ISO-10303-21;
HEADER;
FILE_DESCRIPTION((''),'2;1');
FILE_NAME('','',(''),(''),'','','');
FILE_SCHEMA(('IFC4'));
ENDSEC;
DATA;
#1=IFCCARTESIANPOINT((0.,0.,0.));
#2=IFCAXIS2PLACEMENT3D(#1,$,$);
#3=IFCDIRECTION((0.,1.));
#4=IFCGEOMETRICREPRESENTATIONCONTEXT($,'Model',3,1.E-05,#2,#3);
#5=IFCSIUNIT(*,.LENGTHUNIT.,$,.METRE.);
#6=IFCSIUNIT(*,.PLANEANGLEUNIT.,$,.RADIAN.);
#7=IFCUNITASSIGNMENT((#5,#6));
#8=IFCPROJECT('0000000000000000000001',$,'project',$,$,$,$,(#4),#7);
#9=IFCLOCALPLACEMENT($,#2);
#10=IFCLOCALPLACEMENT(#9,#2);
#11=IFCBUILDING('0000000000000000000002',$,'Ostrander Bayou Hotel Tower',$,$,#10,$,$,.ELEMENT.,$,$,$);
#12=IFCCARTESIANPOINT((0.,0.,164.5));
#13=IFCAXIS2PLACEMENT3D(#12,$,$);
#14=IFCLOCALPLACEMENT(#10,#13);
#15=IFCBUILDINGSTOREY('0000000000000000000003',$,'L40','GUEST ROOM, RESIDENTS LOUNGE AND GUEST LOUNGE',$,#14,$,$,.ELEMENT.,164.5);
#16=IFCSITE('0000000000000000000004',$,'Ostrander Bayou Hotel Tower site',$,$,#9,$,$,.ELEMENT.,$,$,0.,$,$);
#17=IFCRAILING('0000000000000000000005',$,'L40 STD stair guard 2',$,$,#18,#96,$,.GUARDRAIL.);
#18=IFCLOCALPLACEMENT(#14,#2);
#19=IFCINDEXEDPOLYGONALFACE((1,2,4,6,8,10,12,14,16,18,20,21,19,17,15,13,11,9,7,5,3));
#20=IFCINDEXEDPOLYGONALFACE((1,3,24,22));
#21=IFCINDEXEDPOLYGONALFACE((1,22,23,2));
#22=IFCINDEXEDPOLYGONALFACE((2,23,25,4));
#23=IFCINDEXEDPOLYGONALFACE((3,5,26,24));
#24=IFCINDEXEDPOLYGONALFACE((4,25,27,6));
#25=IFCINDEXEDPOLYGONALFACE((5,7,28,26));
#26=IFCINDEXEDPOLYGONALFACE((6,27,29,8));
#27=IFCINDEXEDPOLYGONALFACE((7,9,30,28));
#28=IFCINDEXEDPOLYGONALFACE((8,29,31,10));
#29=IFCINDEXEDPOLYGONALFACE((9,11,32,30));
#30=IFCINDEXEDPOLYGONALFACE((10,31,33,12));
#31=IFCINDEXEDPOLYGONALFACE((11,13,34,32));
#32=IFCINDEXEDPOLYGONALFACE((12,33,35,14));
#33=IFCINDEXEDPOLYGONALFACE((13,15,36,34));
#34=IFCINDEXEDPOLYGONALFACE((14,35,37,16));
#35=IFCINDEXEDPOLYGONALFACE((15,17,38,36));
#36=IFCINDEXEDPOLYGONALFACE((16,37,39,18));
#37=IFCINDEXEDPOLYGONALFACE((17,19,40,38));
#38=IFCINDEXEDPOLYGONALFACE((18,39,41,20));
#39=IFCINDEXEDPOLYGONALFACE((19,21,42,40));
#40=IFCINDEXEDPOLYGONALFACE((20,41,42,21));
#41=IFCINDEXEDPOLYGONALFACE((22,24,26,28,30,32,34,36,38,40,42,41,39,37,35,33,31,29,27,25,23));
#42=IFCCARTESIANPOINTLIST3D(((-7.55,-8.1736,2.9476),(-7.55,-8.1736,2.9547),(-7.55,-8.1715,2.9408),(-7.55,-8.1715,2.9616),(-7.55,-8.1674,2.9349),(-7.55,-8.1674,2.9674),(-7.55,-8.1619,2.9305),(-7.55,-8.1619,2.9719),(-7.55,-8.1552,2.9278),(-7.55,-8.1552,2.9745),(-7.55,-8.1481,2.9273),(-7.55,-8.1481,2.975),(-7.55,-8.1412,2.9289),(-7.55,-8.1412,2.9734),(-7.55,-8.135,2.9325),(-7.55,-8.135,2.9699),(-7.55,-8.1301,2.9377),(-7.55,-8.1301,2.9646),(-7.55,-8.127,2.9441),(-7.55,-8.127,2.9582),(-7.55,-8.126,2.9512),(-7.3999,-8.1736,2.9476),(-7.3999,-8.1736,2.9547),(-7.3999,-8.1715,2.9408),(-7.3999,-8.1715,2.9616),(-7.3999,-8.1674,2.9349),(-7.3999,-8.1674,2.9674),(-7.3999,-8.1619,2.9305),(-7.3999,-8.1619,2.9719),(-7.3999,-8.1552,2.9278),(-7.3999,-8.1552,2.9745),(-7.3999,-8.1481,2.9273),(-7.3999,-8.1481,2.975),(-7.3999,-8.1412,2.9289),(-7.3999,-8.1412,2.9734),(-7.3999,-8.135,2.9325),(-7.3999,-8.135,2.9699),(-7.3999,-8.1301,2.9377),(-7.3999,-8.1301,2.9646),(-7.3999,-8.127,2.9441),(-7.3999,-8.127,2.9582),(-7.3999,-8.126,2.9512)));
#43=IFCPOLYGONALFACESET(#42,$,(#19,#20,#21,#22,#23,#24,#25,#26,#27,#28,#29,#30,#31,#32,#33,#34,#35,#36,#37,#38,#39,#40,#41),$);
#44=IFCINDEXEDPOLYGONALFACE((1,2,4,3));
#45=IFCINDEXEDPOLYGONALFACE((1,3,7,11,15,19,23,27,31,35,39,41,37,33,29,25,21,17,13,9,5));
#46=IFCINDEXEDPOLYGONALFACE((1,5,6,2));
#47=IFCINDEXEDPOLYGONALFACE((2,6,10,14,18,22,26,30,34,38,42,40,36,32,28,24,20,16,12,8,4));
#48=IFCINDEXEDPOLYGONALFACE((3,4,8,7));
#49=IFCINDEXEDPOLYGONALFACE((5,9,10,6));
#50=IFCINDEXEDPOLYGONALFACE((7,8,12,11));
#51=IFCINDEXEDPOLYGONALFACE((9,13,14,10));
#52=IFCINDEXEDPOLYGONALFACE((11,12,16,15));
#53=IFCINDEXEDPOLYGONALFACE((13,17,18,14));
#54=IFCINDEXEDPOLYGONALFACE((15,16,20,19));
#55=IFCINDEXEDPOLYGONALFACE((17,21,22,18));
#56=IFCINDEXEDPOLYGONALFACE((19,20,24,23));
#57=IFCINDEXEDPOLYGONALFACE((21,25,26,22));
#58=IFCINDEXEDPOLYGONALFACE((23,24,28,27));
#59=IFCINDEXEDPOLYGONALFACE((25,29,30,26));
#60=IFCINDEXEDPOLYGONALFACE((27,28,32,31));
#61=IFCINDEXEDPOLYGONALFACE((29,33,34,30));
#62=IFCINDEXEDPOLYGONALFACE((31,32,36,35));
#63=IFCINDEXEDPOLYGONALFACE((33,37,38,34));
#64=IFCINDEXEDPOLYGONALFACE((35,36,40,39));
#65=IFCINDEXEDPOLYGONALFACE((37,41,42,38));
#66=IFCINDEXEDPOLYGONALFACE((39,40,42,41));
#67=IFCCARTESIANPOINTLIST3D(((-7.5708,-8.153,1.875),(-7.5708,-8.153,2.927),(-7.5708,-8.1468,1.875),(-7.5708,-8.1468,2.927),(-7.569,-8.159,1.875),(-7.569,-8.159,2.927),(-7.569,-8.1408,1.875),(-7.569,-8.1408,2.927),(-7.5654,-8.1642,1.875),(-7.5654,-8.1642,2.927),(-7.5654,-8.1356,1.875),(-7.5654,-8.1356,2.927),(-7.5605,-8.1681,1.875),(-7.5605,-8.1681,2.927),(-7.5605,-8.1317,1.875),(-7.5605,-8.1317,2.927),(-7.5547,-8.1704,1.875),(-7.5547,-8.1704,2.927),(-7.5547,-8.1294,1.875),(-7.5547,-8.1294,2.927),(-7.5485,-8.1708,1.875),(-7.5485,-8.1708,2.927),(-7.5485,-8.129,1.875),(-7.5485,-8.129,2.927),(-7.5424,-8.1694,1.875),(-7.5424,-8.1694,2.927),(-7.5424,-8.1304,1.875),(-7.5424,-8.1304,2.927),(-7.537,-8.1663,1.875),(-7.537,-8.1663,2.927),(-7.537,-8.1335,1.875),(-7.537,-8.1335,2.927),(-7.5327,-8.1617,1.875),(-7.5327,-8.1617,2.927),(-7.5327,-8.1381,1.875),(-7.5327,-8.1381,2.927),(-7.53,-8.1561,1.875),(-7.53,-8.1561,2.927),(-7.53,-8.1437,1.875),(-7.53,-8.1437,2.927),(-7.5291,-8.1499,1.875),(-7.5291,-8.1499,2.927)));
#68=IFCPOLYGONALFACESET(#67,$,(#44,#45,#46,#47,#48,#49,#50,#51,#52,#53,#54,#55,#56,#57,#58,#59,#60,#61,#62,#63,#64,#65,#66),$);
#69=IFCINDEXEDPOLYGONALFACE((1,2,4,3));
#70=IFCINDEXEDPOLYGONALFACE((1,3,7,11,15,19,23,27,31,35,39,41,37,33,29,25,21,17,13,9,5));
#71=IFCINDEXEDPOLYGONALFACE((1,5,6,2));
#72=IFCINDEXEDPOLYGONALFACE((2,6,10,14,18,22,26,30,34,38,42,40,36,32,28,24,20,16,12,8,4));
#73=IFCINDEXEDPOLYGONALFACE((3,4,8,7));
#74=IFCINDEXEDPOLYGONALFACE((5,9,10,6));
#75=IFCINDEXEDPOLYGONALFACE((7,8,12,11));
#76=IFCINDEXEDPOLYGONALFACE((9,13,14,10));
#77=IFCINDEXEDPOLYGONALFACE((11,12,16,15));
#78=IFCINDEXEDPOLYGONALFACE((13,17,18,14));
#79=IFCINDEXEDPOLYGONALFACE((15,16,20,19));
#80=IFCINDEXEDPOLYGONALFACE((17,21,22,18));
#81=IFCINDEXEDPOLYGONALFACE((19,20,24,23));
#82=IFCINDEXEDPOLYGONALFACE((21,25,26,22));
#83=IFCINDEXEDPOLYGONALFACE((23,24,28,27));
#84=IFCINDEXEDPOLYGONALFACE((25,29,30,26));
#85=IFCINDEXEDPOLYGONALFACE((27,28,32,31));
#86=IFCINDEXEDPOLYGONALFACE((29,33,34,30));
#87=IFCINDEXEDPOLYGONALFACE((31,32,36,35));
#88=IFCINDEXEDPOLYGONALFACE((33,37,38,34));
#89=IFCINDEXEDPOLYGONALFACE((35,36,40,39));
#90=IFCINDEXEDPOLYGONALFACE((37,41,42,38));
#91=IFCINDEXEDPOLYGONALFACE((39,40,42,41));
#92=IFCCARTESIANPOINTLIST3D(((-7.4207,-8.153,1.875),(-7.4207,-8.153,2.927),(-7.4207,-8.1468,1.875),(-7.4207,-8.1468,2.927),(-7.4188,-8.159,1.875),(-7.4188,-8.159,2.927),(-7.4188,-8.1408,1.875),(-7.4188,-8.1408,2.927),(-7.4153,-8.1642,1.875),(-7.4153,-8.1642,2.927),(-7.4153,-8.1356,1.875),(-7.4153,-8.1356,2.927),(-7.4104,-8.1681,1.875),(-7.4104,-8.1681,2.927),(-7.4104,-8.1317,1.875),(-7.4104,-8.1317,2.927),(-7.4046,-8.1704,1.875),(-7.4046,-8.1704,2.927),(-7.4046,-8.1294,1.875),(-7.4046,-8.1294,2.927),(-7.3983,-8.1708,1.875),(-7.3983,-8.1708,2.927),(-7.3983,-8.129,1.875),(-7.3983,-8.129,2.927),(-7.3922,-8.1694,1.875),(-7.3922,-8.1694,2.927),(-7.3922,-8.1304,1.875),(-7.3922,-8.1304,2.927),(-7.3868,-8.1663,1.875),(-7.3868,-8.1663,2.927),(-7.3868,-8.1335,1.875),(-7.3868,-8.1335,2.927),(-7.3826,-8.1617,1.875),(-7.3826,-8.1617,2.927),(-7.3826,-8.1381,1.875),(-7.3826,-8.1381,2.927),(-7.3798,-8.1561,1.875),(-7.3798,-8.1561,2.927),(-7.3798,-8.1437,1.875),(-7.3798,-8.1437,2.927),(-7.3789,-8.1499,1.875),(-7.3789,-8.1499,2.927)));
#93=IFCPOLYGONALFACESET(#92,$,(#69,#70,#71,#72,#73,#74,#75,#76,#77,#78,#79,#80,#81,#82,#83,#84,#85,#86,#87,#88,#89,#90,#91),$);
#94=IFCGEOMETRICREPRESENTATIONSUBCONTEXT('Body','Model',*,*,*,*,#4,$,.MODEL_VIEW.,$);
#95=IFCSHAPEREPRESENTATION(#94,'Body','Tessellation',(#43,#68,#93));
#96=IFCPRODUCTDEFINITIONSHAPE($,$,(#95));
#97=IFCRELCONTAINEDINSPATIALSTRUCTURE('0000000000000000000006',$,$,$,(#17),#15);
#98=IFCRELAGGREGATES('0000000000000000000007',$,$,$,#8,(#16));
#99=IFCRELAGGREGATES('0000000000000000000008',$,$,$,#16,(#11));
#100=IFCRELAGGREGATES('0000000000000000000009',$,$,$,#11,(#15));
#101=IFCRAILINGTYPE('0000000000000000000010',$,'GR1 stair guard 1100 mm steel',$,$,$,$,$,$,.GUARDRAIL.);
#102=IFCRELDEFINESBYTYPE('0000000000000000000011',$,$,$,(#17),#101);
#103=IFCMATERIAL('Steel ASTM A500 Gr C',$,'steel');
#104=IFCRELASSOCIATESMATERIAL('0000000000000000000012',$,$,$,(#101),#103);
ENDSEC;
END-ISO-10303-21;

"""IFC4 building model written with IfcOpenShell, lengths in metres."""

from ifc_helpers import new_model, si_unit, direction, frame, origin, origin_2d, place, context, subcontext, project, spatial, circle, extrude, material, type_object, element, save


model = new_model("IFC4")

# Units and contexts
model_context = context("Model", 3, precision=1e-05, world=origin(), true_north=direction((0.0, 1.0)))
body_context = subcontext(model_context, "Body", "Model", "MODEL_VIEW")
ifc_project = project(units=[si_unit("LENGTHUNIT", "METRE"), si_unit("PLANEANGLEUNIT", "RADIAN")], contexts=[model_context])

# Site, building, storey
site_placement = place(None, origin())
site = spatial("IfcSite", under=ifc_project, at=site_placement, Name="Ostrander Bayou Hotel Tower site", CompositionType="ELEMENT", RefElevation=0.0)
building_placement = place(site_placement, origin())
building = spatial("IfcBuilding", under=site, at=building_placement, Name="Ostrander Bayou Hotel Tower", CompositionType="ELEMENT")
storey_placement = place(building_placement, frame((0.0, 0.0, 164.5)))
storey = spatial("IfcBuildingStorey", under=building, at=storey_placement, Name="L40", Description="GUEST ROOM, RESIDENTS LOUNGE AND GUEST LOUNGE", CompositionType="ELEMENT", Elevation=164.5)

# Railing
ifc_material_1 = material(Name="Steel ASTM A500 Gr C", Category="steel")
railing_type_1 = type_object("IfcRailingType", Name="GR1 stair guard 1100 mm steel", PredefinedType="GUARDRAIL", material=ifc_material_1)
railing_1_placement = place(storey_placement, frame((-7.55, -8.1499, 1.875)))
element("IfcRailing", 1, at=railing_1_placement, inside=storey, type_object=railing_type_1, Name="L40 STD stair guard 2", PredefinedType="GUARDRAIL", context=body_context, shape_type="SweptSolid", body=[
    extrude(circle(Radius=0.0239, at=origin_2d()), frame((0.0, 0.0, 1.0762), z_axis=(1.0, 0.0, 0.0), x_axis=(0.0, 1.0, 0.0)), (0.0, 0.0, 1.0), 0.1501),
    extrude(circle(Radius=0.021, at=origin_2d()), origin(), (0.0, 0.0, 1.0), 1.052),
    extrude(circle(Radius=0.021, at=origin_2d()), frame((0.1501, 0.0, 0.0)), (0.0, 0.0, 1.0), 1.052),
])

save(model, "model.ifc")
